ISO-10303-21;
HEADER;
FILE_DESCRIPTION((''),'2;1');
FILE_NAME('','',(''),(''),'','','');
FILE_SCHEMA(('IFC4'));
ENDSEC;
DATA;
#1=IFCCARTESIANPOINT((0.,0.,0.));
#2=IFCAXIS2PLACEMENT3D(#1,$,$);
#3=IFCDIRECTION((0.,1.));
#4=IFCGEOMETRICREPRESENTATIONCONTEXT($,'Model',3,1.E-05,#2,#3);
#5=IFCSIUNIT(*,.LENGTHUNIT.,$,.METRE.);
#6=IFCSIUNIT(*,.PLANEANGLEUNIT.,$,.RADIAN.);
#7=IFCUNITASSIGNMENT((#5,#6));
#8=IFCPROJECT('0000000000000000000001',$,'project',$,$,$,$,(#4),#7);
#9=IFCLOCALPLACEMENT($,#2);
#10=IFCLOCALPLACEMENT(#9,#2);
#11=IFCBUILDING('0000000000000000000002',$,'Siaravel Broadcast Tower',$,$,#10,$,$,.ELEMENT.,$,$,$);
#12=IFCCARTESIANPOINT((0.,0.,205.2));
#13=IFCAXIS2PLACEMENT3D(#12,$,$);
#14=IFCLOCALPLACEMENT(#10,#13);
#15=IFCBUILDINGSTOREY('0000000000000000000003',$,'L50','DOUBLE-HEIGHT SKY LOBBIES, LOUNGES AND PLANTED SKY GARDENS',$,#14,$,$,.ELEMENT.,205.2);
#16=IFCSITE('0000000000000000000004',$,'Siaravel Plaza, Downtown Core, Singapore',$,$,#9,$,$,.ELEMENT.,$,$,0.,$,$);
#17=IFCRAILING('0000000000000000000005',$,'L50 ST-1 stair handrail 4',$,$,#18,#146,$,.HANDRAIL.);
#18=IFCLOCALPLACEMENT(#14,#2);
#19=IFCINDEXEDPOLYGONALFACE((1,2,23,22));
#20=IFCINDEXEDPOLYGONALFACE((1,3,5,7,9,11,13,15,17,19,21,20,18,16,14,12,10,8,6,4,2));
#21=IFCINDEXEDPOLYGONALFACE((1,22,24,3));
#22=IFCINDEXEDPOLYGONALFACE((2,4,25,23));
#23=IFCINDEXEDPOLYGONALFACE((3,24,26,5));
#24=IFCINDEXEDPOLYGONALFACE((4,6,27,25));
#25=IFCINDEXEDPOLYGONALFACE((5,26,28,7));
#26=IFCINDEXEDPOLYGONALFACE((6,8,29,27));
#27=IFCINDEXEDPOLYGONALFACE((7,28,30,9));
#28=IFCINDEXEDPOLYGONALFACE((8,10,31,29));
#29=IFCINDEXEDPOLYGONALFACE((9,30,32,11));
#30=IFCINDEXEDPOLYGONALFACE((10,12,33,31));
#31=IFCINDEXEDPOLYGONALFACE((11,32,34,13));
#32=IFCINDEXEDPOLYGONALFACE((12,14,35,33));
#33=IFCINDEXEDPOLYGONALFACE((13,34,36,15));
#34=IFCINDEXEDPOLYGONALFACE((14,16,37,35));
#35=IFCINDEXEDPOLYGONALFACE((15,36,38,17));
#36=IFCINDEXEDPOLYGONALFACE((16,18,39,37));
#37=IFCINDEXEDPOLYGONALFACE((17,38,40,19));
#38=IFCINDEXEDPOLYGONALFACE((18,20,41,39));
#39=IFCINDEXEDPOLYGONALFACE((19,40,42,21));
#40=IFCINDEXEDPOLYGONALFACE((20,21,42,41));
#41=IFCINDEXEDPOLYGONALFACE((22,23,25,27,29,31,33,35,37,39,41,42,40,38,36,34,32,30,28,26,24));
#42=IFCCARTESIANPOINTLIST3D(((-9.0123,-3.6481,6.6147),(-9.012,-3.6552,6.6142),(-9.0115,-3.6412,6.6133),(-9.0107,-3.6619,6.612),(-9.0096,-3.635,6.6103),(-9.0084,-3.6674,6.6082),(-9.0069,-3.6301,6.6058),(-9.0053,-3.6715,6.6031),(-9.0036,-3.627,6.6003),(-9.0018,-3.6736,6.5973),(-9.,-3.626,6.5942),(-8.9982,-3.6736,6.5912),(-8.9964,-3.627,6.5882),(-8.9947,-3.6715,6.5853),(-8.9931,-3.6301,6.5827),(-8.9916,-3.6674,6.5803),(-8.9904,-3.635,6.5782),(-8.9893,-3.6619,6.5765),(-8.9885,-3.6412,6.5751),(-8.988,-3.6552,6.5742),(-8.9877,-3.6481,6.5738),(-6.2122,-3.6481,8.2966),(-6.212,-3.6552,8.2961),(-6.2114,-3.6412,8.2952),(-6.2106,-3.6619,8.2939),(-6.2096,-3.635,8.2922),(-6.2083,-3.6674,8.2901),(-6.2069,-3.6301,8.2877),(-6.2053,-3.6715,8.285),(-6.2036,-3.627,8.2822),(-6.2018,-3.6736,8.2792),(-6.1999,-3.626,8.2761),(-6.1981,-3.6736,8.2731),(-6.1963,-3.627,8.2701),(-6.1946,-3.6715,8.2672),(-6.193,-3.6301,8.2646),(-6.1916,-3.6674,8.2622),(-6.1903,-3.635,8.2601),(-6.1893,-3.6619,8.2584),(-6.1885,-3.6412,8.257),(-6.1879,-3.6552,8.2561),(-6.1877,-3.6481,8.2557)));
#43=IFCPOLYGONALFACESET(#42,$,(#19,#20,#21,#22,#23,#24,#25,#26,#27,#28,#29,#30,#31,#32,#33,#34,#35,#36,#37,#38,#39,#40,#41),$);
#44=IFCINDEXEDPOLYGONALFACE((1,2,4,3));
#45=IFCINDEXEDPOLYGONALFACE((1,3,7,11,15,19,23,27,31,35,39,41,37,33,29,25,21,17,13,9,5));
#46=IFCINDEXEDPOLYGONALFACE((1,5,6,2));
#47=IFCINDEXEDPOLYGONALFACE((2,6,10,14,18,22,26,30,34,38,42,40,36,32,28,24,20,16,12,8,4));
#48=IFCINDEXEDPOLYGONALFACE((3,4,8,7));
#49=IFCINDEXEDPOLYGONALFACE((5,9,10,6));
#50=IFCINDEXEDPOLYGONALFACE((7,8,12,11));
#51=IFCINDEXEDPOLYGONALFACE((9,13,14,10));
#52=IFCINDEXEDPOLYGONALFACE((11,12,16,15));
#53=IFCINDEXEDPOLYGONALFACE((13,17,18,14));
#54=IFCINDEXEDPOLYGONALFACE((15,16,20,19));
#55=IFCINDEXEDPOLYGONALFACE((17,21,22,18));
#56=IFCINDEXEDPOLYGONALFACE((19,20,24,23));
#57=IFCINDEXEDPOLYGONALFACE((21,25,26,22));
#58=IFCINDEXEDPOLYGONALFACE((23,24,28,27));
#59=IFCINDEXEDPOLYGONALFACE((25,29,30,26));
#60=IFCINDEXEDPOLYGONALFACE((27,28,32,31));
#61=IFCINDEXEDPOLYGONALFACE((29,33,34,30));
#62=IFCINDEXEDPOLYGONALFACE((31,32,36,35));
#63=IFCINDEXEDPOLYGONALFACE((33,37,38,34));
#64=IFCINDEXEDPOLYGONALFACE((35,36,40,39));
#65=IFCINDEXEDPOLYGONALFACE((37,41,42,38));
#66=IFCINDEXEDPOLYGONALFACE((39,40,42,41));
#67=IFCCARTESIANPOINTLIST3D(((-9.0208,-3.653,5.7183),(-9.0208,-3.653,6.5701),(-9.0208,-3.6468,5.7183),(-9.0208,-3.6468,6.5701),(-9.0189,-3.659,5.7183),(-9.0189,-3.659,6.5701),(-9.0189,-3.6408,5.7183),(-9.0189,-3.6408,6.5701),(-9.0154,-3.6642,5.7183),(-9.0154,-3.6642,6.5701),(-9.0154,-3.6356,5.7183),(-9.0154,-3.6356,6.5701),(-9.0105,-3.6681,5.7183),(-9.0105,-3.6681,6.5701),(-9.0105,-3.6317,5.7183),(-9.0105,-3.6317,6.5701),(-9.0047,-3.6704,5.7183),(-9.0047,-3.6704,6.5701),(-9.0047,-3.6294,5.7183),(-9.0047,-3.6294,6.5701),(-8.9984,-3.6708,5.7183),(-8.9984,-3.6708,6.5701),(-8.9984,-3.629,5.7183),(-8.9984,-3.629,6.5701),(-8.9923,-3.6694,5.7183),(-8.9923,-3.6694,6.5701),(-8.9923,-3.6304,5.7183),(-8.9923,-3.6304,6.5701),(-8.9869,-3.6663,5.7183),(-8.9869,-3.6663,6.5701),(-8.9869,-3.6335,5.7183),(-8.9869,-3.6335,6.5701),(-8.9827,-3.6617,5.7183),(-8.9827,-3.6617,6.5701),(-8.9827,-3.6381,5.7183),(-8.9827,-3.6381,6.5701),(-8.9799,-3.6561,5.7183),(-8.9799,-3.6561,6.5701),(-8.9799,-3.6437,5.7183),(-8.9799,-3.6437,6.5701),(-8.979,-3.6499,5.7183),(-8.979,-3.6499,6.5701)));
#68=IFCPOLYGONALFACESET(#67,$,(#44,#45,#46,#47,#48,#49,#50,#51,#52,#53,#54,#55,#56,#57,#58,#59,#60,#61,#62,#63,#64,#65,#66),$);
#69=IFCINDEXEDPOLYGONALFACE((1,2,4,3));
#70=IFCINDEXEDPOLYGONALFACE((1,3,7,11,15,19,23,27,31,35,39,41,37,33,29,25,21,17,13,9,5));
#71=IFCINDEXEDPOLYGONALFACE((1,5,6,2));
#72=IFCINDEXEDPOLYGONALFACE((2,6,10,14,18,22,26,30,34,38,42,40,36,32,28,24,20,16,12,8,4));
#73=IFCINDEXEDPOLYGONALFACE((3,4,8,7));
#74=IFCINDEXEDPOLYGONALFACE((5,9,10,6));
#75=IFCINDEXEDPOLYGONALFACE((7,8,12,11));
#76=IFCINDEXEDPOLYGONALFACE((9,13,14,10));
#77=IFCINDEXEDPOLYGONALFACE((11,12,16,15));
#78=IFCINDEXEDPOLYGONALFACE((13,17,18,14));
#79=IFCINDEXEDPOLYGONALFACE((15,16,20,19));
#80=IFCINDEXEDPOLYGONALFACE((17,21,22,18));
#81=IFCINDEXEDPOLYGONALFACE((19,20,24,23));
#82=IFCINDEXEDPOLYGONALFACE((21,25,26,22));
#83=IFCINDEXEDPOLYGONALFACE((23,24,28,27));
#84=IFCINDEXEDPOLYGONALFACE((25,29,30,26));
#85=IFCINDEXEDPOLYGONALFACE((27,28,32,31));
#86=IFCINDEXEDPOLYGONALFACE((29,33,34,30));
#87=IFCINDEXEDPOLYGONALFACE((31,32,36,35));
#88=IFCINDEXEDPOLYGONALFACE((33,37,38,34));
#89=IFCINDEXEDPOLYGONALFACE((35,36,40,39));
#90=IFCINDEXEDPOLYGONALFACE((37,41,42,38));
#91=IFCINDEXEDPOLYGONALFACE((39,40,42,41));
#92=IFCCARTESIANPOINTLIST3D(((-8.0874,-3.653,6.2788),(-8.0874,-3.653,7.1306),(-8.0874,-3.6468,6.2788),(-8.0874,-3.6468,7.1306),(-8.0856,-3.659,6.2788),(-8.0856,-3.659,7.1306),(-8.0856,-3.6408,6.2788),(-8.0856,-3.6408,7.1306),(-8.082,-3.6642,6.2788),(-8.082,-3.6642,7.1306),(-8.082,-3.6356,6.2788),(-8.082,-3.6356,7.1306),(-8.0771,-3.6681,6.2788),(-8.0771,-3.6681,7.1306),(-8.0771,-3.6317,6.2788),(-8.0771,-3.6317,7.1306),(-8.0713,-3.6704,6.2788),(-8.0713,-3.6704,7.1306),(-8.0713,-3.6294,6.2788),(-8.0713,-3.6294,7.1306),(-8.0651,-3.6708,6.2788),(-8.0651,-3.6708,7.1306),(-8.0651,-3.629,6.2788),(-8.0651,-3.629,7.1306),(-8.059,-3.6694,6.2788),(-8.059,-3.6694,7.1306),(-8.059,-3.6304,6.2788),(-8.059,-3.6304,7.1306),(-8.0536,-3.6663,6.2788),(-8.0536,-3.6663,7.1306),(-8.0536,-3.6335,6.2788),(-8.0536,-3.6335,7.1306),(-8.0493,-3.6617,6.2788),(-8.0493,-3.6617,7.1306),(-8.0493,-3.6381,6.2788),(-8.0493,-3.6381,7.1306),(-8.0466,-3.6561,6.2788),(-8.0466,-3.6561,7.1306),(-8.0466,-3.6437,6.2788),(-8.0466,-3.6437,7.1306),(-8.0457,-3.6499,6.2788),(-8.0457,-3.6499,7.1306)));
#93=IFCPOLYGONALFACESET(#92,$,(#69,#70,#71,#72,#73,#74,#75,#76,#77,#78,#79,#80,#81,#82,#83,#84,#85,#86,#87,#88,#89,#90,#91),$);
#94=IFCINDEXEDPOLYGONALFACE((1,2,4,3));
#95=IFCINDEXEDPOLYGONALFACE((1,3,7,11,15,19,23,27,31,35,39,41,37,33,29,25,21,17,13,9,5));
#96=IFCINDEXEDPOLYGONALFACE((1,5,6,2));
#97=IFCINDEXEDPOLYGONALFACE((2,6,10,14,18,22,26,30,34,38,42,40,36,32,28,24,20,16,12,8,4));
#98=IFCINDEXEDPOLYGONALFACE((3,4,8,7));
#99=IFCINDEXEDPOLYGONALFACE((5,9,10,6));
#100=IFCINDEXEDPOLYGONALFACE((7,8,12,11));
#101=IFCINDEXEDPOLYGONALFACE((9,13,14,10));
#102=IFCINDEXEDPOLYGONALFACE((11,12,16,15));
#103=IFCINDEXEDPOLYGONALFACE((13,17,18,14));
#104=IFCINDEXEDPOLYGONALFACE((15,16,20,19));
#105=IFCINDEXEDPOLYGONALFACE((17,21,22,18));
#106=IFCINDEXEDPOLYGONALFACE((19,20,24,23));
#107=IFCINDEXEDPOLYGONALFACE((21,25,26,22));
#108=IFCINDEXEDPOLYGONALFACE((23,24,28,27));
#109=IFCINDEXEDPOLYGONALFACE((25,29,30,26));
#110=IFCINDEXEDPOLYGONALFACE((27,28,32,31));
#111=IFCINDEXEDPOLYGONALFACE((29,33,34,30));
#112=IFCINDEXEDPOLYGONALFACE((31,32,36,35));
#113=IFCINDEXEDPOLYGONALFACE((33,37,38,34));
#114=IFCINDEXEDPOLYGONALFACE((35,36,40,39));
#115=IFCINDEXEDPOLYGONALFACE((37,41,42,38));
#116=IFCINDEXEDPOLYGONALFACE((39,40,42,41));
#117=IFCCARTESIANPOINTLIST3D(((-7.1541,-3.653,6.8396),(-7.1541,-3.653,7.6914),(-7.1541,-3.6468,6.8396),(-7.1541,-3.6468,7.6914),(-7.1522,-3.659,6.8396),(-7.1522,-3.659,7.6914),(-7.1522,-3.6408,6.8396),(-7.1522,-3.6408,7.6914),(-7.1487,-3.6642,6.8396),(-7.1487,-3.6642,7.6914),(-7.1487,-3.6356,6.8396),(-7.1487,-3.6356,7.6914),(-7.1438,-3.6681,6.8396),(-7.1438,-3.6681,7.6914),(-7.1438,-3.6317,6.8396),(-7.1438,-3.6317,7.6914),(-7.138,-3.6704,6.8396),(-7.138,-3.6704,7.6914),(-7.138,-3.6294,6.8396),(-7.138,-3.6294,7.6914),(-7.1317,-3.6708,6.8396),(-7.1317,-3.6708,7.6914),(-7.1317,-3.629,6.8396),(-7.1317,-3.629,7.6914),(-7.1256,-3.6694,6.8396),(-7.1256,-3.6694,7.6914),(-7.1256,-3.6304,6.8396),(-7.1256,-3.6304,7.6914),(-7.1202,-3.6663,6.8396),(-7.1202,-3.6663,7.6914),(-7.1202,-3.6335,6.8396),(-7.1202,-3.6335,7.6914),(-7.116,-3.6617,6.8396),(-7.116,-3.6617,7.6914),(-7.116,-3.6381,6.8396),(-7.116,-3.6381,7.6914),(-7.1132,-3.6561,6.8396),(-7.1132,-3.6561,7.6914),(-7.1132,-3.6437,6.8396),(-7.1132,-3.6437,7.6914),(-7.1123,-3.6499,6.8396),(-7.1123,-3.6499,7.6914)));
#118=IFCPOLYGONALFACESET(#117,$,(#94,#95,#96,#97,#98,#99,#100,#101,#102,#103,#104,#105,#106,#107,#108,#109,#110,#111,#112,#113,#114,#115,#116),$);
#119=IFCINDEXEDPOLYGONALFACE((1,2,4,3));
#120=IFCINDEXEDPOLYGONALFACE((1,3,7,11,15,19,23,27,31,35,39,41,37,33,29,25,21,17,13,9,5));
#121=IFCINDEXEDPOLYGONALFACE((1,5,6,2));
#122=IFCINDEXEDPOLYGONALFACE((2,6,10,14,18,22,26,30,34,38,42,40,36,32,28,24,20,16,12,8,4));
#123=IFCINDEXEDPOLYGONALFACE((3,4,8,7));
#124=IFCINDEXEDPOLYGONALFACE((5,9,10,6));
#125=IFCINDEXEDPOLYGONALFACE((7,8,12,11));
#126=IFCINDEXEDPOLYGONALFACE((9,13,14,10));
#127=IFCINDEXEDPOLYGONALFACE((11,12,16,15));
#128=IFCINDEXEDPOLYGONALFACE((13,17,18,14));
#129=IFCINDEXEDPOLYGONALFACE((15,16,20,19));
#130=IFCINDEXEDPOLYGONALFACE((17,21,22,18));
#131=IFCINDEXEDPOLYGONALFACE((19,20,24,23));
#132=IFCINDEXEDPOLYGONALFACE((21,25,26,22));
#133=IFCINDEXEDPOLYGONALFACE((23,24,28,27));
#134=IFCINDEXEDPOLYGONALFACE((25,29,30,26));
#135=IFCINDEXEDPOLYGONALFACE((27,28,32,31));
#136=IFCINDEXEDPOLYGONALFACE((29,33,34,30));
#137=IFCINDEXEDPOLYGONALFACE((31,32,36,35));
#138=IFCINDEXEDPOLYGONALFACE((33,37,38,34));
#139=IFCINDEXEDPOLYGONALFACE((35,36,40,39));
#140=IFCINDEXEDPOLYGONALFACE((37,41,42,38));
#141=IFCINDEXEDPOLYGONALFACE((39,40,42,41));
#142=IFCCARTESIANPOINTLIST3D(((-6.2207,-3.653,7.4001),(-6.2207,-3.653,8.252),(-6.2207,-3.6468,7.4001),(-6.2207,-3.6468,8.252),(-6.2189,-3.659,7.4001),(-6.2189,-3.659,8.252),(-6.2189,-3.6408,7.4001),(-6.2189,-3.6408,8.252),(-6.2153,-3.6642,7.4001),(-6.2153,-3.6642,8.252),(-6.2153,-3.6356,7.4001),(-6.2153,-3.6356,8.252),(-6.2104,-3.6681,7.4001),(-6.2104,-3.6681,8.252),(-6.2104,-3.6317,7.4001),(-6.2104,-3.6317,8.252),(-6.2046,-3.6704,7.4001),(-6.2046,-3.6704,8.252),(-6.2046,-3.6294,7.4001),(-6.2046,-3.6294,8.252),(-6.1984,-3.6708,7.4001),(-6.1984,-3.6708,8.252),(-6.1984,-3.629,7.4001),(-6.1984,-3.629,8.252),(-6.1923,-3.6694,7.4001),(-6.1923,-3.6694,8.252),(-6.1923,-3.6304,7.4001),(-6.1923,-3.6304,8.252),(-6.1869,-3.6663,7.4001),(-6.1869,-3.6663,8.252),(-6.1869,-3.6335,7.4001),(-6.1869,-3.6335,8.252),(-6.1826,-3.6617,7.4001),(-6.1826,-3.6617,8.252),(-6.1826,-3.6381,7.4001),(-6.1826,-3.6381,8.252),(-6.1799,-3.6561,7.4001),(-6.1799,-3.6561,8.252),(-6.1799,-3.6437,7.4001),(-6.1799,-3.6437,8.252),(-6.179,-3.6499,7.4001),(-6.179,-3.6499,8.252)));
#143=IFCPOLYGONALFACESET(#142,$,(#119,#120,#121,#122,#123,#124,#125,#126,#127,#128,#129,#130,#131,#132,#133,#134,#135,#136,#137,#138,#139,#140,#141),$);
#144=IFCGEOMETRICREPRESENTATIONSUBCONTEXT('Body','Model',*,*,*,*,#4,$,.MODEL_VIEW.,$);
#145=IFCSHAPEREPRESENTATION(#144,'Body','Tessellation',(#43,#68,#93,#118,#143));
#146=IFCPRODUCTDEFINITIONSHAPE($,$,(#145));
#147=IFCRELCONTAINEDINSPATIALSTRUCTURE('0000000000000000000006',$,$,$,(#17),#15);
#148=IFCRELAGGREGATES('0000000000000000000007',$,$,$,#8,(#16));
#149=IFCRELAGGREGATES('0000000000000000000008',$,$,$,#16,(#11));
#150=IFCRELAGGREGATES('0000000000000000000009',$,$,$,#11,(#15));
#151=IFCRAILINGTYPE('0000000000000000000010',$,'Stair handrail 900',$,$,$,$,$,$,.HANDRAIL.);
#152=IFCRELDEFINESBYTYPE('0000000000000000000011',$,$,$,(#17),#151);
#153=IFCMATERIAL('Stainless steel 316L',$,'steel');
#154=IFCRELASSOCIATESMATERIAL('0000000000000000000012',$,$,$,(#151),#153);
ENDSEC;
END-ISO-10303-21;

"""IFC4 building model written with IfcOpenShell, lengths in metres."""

from ifc_helpers import new_model, si_unit, direction, frame, origin, origin_2d, place, context, subcontext, project, spatial, circle, extrude, material, type_object, element, save


model = new_model("IFC4")

# Units and contexts
model_context = context("Model", 3, precision=1e-05, world=origin(), true_north=direction((0.0, 1.0)))
body_context = subcontext(model_context, "Body", "Model", "MODEL_VIEW")
ifc_project = project(units=[si_unit("LENGTHUNIT", "METRE"), si_unit("PLANEANGLEUNIT", "RADIAN")], contexts=[model_context])

# Site, building, storey
site_placement = place(None, origin())
site = spatial("IfcSite", under=ifc_project, at=site_placement, Name="Siaravel Plaza, Downtown Core, Singapore", CompositionType="ELEMENT", RefElevation=0.0)
building_placement = place(site_placement, origin())
building = spatial("IfcBuilding", under=site, at=building_placement, Name="Siaravel Broadcast Tower", CompositionType="ELEMENT")
storey_placement = place(building_placement, frame((0.0, 0.0, 205.2)))
storey = spatial("IfcBuildingStorey", under=building, at=storey_placement, Name="L50", Description="DOUBLE-HEIGHT SKY LOBBIES, LOUNGES AND PLANTED SKY GARDENS", CompositionType="ELEMENT", Elevation=205.2)

# Shared definitions
ifc_material_1 = material(Name="Stainless steel 316L", Category="steel")

# Railing
railing_type_1 = type_object("IfcRailingType", Name="Stair handrail 900", PredefinedType="HANDRAIL", material=ifc_material_1)
railing_1_placement = place(storey_placement, frame((-9.0, -3.6499, 5.7183)))
element("IfcRailing", 1, at=railing_1_placement, inside=storey, type_object=railing_type_1, Name="L50 ST-1 stair handrail 4", PredefinedType="HANDRAIL", context=body_context, shape_type="SweptSolid", body=[
    extrude(circle(Radius=0.0239, at=origin_2d()), frame((0.0, 0.0, 0.876), z_axis=(0.857242, 0.0, 0.514913), x_axis=(0.0, 1.0, 0.0)), (0.0, 0.0, 1.0), 3.2664),
    extrude(circle(Radius=0.021, at=origin_2d()), origin(), (0.0, 0.0, 1.0), 0.8518),
    extrude(circle(Radius=0.021, at=origin_2d()), frame((0.9333, 0.0, 0.5605)), (0.0, 0.0, 1.0), 0.8518),
    extrude(circle(Radius=0.021, at=origin_2d()), frame((1.8667, 0.0, 1.1213)), (0.0, 0.0, 1.0), 0.8518),
    extrude(circle(Radius=0.021, at=origin_2d()), frame((2.8, 0.0, 1.6819)), (0.0, 0.0, 1.0), 0.8518),
])

save(model, "model.ifc")
